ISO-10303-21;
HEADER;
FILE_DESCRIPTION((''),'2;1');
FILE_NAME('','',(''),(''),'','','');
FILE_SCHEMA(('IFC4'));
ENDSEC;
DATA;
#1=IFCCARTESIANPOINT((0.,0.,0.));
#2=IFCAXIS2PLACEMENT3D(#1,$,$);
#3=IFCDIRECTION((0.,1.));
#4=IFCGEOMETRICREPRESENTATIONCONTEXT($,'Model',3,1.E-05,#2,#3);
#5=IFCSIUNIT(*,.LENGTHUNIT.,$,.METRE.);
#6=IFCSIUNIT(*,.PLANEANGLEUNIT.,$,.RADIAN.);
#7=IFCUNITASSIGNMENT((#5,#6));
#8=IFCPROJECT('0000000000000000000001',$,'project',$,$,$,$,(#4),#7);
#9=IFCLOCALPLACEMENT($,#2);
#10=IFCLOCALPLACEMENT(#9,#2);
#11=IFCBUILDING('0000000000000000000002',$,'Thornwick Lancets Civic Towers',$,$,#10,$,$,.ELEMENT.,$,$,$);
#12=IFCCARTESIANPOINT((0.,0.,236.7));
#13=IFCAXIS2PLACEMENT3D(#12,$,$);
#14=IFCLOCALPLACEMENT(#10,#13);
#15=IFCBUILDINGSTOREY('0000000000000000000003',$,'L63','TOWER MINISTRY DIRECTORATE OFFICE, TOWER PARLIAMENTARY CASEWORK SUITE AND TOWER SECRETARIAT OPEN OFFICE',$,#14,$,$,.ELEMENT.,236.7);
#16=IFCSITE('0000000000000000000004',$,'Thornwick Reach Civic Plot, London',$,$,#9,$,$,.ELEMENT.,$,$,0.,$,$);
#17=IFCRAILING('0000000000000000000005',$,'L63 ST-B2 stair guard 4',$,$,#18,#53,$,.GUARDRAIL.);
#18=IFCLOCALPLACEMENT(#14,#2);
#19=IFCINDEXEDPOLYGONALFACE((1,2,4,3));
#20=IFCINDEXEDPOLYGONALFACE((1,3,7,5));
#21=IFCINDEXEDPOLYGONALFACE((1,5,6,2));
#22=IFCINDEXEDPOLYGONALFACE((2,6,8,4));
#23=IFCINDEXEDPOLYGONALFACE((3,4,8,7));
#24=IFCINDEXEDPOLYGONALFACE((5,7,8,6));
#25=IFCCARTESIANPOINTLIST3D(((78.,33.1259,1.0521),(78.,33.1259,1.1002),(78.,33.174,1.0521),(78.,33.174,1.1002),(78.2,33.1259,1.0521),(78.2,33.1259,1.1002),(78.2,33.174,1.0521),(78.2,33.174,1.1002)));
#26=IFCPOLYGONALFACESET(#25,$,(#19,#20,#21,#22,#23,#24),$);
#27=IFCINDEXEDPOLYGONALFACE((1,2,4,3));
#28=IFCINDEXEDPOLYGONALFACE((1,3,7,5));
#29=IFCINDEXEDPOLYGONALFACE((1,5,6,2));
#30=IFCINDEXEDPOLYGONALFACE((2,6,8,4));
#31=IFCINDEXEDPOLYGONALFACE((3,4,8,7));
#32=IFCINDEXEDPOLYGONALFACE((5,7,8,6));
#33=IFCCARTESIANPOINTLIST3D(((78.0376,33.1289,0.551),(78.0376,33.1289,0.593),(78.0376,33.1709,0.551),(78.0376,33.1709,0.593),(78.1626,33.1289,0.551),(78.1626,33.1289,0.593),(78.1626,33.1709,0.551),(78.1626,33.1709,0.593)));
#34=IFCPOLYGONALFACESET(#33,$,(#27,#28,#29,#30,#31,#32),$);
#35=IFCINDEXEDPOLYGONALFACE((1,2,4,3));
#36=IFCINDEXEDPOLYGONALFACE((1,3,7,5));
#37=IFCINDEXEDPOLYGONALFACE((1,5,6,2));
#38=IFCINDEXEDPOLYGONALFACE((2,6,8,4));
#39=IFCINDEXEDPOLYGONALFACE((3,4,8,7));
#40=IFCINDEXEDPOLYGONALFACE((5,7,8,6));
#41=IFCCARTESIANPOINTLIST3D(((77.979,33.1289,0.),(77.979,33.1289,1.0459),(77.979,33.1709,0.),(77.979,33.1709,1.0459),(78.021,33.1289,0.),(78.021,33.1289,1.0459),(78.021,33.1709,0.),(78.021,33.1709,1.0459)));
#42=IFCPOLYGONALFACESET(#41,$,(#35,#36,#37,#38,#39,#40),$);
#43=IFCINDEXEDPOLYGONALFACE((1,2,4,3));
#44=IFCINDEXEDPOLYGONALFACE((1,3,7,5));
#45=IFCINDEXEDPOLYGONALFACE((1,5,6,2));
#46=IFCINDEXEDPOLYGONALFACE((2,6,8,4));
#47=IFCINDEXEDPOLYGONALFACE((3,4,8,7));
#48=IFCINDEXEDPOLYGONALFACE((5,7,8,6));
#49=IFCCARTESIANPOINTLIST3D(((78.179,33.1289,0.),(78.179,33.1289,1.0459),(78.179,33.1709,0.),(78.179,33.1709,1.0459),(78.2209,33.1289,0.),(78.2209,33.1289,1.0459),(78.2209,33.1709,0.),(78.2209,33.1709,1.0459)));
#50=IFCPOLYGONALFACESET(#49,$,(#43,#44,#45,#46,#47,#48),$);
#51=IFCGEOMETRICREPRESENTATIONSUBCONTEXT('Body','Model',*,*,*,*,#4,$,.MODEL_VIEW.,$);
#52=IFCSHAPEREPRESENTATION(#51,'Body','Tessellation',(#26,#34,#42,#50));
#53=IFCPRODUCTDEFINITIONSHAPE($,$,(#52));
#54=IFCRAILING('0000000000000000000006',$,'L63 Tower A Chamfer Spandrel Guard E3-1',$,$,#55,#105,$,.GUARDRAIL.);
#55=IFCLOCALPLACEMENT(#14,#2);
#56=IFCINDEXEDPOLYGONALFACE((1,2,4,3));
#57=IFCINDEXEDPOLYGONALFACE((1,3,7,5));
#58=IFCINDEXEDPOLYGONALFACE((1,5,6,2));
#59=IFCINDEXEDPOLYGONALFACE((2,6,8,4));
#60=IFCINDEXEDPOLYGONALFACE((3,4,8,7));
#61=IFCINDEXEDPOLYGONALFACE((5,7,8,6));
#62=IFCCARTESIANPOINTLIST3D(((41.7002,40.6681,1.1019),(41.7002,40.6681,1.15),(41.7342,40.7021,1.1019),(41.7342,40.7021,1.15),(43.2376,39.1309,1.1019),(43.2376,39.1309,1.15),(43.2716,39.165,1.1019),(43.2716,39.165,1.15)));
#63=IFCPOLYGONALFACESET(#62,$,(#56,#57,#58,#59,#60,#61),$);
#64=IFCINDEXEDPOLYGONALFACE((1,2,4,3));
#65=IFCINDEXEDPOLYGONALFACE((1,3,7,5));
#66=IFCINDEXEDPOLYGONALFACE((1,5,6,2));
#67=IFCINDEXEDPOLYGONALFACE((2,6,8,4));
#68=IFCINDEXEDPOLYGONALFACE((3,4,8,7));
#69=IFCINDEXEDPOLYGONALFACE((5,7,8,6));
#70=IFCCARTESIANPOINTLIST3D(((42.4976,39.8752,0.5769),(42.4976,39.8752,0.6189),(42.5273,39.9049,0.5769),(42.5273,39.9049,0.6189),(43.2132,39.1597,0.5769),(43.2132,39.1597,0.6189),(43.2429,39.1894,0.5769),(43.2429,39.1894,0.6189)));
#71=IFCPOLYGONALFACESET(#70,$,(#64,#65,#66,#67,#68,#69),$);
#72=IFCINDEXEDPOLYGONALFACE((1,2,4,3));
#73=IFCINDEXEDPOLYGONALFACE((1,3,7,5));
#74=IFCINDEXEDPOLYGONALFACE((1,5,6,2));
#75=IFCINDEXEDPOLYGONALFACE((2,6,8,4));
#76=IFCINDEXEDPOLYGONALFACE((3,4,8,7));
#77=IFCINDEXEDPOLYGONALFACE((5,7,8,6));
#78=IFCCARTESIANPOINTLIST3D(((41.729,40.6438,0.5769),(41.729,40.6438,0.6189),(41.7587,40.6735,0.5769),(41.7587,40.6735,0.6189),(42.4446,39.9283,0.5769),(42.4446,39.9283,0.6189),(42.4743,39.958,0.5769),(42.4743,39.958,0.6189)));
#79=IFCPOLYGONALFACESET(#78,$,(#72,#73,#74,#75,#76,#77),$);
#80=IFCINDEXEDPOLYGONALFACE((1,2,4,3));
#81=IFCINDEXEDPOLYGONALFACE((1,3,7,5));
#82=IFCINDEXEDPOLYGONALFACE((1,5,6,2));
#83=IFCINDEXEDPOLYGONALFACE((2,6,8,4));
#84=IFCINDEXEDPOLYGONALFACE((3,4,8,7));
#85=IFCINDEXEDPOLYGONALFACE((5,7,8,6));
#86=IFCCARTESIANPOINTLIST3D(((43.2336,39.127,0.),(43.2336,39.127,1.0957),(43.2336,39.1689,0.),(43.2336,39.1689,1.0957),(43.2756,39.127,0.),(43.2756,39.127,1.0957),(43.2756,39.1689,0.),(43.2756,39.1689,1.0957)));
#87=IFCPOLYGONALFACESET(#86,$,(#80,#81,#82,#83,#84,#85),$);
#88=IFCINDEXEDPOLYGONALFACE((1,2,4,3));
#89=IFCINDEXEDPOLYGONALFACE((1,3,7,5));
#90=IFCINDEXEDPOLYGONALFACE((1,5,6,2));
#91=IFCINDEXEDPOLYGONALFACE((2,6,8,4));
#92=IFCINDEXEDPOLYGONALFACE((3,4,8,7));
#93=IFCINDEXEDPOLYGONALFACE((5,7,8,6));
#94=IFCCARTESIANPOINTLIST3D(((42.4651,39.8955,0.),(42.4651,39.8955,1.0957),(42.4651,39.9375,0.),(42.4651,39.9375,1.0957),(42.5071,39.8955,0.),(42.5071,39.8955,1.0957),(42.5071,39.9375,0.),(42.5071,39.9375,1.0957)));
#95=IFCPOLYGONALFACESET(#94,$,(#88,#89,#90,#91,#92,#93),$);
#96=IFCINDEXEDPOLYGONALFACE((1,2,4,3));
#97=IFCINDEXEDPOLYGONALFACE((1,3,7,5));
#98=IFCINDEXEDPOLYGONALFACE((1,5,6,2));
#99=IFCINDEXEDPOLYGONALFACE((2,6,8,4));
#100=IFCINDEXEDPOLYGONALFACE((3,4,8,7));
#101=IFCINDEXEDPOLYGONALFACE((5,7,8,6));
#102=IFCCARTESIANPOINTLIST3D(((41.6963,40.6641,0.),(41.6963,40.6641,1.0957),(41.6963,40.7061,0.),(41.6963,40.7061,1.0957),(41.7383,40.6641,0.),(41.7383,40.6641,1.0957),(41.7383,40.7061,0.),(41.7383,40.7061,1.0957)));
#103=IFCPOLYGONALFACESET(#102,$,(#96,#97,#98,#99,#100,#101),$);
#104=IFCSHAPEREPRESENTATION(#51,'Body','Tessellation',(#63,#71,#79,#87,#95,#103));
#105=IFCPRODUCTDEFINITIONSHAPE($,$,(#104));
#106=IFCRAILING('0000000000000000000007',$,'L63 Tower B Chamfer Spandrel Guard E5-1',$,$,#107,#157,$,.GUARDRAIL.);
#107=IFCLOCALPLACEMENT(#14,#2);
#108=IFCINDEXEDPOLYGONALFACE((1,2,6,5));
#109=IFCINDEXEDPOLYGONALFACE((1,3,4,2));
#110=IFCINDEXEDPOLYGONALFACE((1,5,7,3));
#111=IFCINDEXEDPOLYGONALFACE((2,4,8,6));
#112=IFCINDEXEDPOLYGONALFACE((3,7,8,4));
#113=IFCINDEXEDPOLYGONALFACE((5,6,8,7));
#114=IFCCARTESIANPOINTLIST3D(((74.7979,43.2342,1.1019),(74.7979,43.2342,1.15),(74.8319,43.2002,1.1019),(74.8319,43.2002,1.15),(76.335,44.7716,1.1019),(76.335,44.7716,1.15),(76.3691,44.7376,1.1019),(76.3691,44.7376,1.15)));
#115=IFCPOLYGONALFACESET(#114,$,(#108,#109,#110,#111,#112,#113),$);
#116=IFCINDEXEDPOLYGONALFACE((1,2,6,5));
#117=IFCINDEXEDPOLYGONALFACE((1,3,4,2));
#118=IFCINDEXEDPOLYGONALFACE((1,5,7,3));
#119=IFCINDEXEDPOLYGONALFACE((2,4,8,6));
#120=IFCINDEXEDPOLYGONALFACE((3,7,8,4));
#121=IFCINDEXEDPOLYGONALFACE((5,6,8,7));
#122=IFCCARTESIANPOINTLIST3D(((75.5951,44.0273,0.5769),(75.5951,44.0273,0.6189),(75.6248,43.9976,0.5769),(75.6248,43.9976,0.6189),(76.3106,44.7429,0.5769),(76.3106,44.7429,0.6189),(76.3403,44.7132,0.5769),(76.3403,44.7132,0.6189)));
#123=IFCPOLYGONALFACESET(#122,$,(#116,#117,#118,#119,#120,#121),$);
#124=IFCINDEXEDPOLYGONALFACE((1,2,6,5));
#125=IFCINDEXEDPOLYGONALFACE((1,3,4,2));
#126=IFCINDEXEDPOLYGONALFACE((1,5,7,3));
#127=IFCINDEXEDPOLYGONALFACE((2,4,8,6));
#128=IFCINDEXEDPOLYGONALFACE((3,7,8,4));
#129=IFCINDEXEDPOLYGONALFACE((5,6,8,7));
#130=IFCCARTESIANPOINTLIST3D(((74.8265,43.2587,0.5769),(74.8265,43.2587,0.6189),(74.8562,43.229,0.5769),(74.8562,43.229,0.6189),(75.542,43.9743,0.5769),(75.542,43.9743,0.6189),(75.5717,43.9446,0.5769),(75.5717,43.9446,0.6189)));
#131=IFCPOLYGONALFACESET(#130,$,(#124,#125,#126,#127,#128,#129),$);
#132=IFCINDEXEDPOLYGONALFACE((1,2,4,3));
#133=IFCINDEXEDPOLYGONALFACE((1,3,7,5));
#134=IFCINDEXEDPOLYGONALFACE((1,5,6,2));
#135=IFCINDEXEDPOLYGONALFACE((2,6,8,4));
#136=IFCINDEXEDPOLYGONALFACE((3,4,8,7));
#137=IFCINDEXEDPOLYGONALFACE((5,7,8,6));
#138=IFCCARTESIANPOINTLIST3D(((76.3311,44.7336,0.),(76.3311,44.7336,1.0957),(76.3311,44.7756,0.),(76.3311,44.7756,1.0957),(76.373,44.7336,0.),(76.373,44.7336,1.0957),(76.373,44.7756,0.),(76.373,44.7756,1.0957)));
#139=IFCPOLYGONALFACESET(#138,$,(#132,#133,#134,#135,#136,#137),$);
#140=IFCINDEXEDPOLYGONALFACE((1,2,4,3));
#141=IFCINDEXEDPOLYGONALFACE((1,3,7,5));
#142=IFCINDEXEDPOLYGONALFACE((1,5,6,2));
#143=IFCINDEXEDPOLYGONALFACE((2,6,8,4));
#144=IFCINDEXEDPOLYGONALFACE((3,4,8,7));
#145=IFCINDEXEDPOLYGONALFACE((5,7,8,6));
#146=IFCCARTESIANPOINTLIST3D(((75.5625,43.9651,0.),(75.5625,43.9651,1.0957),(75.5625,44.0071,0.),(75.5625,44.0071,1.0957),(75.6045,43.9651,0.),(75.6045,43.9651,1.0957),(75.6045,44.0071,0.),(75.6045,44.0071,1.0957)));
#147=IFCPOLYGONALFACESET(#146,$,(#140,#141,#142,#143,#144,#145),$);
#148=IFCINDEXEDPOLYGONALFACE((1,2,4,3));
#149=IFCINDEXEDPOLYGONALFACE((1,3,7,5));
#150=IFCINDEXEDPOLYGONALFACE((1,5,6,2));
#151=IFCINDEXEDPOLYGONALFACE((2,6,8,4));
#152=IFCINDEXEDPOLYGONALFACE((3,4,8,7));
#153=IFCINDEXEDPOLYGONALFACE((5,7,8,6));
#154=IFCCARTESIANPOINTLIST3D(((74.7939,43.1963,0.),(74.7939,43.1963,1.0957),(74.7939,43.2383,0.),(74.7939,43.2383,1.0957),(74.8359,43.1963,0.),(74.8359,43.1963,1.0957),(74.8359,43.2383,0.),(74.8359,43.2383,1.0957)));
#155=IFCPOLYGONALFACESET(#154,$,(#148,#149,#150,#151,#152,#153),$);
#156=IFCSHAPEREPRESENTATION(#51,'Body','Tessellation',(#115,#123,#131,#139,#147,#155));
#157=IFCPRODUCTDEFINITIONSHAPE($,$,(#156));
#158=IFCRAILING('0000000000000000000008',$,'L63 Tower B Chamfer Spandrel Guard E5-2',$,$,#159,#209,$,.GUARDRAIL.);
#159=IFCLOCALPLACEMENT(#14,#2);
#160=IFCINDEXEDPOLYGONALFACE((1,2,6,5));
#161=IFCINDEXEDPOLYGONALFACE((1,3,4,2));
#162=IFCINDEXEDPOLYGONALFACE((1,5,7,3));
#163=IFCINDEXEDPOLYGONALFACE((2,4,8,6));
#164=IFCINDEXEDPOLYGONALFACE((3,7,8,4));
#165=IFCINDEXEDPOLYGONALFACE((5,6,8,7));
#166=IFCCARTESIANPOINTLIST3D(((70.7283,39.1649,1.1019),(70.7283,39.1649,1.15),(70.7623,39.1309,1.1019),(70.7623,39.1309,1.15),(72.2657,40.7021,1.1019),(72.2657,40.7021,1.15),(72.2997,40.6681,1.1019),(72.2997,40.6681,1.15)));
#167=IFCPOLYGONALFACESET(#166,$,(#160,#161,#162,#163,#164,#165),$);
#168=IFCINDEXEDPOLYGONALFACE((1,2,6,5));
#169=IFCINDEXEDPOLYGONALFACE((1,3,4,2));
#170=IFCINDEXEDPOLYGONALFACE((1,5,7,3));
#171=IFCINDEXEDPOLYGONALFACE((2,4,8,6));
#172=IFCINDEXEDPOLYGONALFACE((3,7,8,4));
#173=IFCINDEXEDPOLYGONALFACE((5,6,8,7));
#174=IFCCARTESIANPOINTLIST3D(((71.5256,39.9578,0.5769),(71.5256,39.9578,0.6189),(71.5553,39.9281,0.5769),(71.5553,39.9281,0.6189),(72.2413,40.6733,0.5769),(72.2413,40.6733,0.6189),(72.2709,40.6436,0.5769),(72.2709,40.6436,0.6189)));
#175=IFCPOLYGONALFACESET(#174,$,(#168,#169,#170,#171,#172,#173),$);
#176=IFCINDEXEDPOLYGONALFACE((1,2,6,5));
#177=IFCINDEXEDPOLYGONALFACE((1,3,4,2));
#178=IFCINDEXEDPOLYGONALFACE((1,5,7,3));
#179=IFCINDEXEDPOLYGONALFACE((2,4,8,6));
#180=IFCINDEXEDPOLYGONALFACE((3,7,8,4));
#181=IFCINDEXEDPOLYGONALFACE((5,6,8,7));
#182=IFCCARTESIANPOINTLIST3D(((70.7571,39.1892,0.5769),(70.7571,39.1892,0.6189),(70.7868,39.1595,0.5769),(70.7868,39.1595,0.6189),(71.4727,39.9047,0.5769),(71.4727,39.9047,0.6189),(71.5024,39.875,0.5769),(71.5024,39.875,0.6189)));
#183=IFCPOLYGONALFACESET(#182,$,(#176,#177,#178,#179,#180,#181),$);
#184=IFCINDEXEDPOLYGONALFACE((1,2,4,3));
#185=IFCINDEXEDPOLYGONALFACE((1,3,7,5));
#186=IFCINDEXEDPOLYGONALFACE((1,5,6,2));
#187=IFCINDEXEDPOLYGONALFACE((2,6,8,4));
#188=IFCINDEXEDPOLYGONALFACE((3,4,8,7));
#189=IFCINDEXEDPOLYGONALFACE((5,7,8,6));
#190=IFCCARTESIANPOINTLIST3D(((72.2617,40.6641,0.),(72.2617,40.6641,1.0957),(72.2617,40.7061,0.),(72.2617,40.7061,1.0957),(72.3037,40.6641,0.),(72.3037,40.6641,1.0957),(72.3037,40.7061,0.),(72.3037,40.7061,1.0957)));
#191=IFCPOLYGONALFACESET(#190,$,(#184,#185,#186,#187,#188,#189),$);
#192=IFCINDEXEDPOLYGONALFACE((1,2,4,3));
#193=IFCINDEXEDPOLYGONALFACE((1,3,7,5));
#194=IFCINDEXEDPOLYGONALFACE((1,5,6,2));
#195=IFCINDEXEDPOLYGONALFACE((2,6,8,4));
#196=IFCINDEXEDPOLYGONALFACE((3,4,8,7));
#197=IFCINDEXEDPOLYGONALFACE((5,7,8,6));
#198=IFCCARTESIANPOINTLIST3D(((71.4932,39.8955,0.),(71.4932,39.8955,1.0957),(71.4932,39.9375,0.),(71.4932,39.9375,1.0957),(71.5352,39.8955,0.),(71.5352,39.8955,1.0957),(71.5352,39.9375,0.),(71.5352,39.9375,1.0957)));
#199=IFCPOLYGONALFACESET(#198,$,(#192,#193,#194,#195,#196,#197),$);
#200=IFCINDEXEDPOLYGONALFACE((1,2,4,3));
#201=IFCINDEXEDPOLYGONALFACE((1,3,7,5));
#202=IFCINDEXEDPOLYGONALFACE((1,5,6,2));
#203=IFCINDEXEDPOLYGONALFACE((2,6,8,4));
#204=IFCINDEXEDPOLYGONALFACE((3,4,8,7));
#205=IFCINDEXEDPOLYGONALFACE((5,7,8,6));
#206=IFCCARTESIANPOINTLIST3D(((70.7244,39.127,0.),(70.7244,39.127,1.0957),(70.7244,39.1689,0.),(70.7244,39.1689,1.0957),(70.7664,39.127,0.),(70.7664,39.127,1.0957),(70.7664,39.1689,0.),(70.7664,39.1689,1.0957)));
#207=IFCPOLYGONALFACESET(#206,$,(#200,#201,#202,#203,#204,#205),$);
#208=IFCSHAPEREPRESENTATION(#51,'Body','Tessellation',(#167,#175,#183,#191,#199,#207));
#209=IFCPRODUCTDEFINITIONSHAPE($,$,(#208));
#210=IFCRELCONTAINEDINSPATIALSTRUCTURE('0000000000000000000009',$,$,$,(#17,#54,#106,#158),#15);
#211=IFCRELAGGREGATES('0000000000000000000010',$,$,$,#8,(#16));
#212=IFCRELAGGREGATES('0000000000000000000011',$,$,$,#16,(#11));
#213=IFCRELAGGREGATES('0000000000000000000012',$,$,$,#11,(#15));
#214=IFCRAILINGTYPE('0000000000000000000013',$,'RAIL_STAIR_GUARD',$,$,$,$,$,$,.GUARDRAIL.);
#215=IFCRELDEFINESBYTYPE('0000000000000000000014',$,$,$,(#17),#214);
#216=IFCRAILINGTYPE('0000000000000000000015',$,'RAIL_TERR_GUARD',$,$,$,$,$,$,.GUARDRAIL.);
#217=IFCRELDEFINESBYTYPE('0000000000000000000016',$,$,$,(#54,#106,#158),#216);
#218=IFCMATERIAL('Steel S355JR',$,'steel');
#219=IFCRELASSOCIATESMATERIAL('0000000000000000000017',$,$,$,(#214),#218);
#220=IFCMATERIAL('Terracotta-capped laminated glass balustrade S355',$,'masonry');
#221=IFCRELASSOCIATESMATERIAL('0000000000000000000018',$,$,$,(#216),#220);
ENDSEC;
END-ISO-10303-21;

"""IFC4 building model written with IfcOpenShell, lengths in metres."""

from ifc_helpers import new_model, si_unit, direction, frame, origin, origin_2d, place, context, subcontext, project, spatial, rectangle, extrude, material, type_object, element, save


model = new_model("IFC4")

# Units and contexts
model_context = context("Model", 3, precision=1e-05, world=origin(), true_north=direction((0.0, 1.0)))
body_context = subcontext(model_context, "Body", "Model", "MODEL_VIEW")
ifc_project = project(units=[si_unit("LENGTHUNIT", "METRE"), si_unit("PLANEANGLEUNIT", "RADIAN")], contexts=[model_context])

# Site, building, storey
site_placement = place(None, origin())
site = spatial("IfcSite", under=ifc_project, at=site_placement, Name="Thornwick Reach Civic Plot, London", CompositionType="ELEMENT", RefElevation=0.0)
building_placement = place(site_placement, origin())
building = spatial("IfcBuilding", under=site, at=building_placement, Name="Thornwick Lancets Civic Towers", CompositionType="ELEMENT")
storey_placement = place(building_placement, frame((0.0, 0.0, 236.7)))
storey = spatial("IfcBuildingStorey", under=building, at=storey_placement, Name="L63", Description="TOWER MINISTRY DIRECTORATE OFFICE, TOWER PARLIAMENTARY CASEWORK SUITE AND TOWER SECRETARIAT OPEN OFFICE", CompositionType="ELEMENT", Elevation=236.7)

# Shared definitions
ifc_material_1 = material(Name="Steel S355JR", Category="steel")

# Railings
railing_type_1 = type_object("IfcRailingType", Name="RAIL_STAIR_GUARD", PredefinedType="GUARDRAIL", material=ifc_material_1)
for number, where, name in (
    (1, (78.0, 33.1499, 0.0), "L63 ST-B2 stair guard 4"),
):
    element("IfcRailing", number, at=place(storey_placement, frame(where)), inside=storey, type_object=railing_type_1, Name=name, PredefinedType="GUARDRAIL", context=body_context, shape_type="SweptSolid", body=[
        extrude(rectangle(XDim=0.0481, YDim=0.0481, at=origin_2d()), frame((0.0, 0.0, 1.0762), z_axis=(1.0, 0.0, 0.0), x_axis=(0.0, 1.0, 0.0)), (0.0, 0.0, 1.0), 0.2),
        extrude(rectangle(XDim=0.042, YDim=0.042, at=origin_2d()), frame((0.0376, 0.0, 0.572), z_axis=(1.0, 0.0, 0.0), x_axis=(0.0, 1.0, 0.0)), (0.0, 0.0, 1.0), 0.125),
        extrude(rectangle(XDim=0.042, YDim=0.042, at=origin_2d()), origin(), (0.0, 0.0, 1.0), 1.0459),
        extrude(rectangle(XDim=0.042, YDim=0.042, at=origin_2d()), frame((0.2, 0.0, 0.0)), (0.0, 0.0, 1.0), 1.0459),
    ])
ifc_material_2 = material(Name="Terracotta-capped laminated glass balustrade S355", Category="masonry")
railing_type_2 = type_object("IfcRailingType", Name="RAIL_TERR_GUARD", PredefinedType="GUARDRAIL", material=ifc_material_2)
railing_1_placement = place(storey_placement, frame((43.2546, 39.1479, 0.0)))
element("IfcRailing", 2, at=railing_1_placement, inside=storey, type_object=railing_type_2, Name="L63 Tower A Chamfer Spandrel Guard E3-1", PredefinedType="GUARDRAIL", context=body_context, shape_type="SweptSolid", body=[
    extrude(rectangle(XDim=0.0481, YDim=0.0481, at=origin_2d()), frame((0.0, 0.0, 1.126), z_axis=(-0.707163, 0.707051, 0.0), x_axis=(-0.707051, -0.707163, 0.0)), (0.0, 0.0, 1.0), 2.1741),
    extrude(rectangle(XDim=0.042, YDim=0.042, at=origin_2d()), frame((-0.0266, 0.0266, 0.5979), z_axis=(-0.707163, 0.707051, 0.0), x_axis=(-0.707051, -0.707163, 0.0)), (0.0, 0.0, 1.0), 1.012),
    extrude(rectangle(XDim=0.042, YDim=0.042, at=origin_2d()), frame((-0.7952, 0.7952, 0.5979), z_axis=(-0.707163, 0.707051, 0.0), x_axis=(-0.707051, -0.707163, 0.0)), (0.0, 0.0, 1.0), 1.012),
    extrude(rectangle(XDim=0.042, YDim=0.042, at=origin_2d()), origin(), (0.0, 0.0, 1.0), 1.0957),
    extrude(rectangle(XDim=0.042, YDim=0.042, at=origin_2d()), frame((-0.7686, 0.7686, 0.0)), (0.0, 0.0, 1.0), 1.0957),
    extrude(rectangle(XDim=0.042, YDim=0.042, at=origin_2d()), frame((-1.5374, 1.5371, 0.0)), (0.0, 0.0, 1.0), 1.0957),
])
railing_2_placement = place(storey_placement, frame((76.3521, 44.7546, 0.0)))
element("IfcRailing", 3, at=railing_2_placement, inside=storey, type_object=railing_type_2, Name="L63 Tower B Chamfer Spandrel Guard E5-1", PredefinedType="GUARDRAIL", context=body_context, shape_type="SweptSolid", body=[
    extrude(rectangle(XDim=0.0481, YDim=0.0481, at=origin_2d()), frame((0.0, 0.0, 1.126), z_axis=(-0.707051, -0.707163, 0.0), x_axis=(0.707163, -0.707051, 0.0)), (0.0, 0.0, 1.0), 2.1741),
    extrude(rectangle(XDim=0.042, YDim=0.042, at=origin_2d()), frame((-0.0266, -0.0266, 0.5979), z_axis=(-0.707051, -0.707163, 0.0), x_axis=(0.707163, -0.707051, 0.0)), (0.0, 0.0, 1.0), 1.012),
    extrude(rectangle(XDim=0.042, YDim=0.042, at=origin_2d()), frame((-0.7952, -0.7952, 0.5979), z_axis=(-0.707051, -0.707163, 0.0), x_axis=(0.707163, -0.707051, 0.0)), (0.0, 0.0, 1.0), 1.012),
    extrude(rectangle(XDim=0.042, YDim=0.042, at=origin_2d()), origin(), (0.0, 0.0, 1.0), 1.0957),
    extrude(rectangle(XDim=0.042, YDim=0.042, at=origin_2d()), frame((-0.7686, -0.7686, 0.0)), (0.0, 0.0, 1.0), 1.0957),
    extrude(rectangle(XDim=0.042, YDim=0.042, at=origin_2d()), frame((-1.5371, -1.5374, 0.0)), (0.0, 0.0, 1.0), 1.0957),
])
railing_3_placement = place(storey_placement, frame((72.2827, 40.6851, 0.0)))
element("IfcRailing", 4, at=railing_3_placement, inside=storey, type_object=railing_type_2, Name="L63 Tower B Chamfer Spandrel Guard E5-2", PredefinedType="GUARDRAIL", context=body_context, shape_type="SweptSolid", body=[
    extrude(rectangle(XDim=0.0481, YDim=0.0481, at=origin_2d()), frame((0.0, 0.0, 1.126), z_axis=(-0.707163, -0.707051, 0.0), x_axis=(0.707051, -0.707163, 0.0)), (0.0, 0.0, 1.0), 2.1741),
    extrude(rectangle(XDim=0.042, YDim=0.042, at=origin_2d()), frame((-0.0266, -0.0266, 0.5979), z_axis=(-0.707163, -0.707051, 0.0), x_axis=(0.707051, -0.707163, 0.0)), (0.0, 0.0, 1.0), 1.012),
    extrude(rectangle(XDim=0.042, YDim=0.042, at=origin_2d()), frame((-0.7952, -0.7952, 0.5979), z_axis=(-0.707163, -0.707051, 0.0), x_axis=(0.707051, -0.707163, 0.0)), (0.0, 0.0, 1.0), 1.012),
    extrude(rectangle(XDim=0.042, YDim=0.042, at=origin_2d()), origin(), (0.0, 0.0, 1.0), 1.0957),
    extrude(rectangle(XDim=0.042, YDim=0.042, at=origin_2d()), frame((-0.7686, -0.7686, 0.0)), (0.0, 0.0, 1.0), 1.0957),
    extrude(rectangle(XDim=0.042, YDim=0.042, at=origin_2d()), frame((-1.5374, -1.5371, 0.0)), (0.0, 0.0, 1.0), 1.0957),
])

save(model, "model.ifc")
